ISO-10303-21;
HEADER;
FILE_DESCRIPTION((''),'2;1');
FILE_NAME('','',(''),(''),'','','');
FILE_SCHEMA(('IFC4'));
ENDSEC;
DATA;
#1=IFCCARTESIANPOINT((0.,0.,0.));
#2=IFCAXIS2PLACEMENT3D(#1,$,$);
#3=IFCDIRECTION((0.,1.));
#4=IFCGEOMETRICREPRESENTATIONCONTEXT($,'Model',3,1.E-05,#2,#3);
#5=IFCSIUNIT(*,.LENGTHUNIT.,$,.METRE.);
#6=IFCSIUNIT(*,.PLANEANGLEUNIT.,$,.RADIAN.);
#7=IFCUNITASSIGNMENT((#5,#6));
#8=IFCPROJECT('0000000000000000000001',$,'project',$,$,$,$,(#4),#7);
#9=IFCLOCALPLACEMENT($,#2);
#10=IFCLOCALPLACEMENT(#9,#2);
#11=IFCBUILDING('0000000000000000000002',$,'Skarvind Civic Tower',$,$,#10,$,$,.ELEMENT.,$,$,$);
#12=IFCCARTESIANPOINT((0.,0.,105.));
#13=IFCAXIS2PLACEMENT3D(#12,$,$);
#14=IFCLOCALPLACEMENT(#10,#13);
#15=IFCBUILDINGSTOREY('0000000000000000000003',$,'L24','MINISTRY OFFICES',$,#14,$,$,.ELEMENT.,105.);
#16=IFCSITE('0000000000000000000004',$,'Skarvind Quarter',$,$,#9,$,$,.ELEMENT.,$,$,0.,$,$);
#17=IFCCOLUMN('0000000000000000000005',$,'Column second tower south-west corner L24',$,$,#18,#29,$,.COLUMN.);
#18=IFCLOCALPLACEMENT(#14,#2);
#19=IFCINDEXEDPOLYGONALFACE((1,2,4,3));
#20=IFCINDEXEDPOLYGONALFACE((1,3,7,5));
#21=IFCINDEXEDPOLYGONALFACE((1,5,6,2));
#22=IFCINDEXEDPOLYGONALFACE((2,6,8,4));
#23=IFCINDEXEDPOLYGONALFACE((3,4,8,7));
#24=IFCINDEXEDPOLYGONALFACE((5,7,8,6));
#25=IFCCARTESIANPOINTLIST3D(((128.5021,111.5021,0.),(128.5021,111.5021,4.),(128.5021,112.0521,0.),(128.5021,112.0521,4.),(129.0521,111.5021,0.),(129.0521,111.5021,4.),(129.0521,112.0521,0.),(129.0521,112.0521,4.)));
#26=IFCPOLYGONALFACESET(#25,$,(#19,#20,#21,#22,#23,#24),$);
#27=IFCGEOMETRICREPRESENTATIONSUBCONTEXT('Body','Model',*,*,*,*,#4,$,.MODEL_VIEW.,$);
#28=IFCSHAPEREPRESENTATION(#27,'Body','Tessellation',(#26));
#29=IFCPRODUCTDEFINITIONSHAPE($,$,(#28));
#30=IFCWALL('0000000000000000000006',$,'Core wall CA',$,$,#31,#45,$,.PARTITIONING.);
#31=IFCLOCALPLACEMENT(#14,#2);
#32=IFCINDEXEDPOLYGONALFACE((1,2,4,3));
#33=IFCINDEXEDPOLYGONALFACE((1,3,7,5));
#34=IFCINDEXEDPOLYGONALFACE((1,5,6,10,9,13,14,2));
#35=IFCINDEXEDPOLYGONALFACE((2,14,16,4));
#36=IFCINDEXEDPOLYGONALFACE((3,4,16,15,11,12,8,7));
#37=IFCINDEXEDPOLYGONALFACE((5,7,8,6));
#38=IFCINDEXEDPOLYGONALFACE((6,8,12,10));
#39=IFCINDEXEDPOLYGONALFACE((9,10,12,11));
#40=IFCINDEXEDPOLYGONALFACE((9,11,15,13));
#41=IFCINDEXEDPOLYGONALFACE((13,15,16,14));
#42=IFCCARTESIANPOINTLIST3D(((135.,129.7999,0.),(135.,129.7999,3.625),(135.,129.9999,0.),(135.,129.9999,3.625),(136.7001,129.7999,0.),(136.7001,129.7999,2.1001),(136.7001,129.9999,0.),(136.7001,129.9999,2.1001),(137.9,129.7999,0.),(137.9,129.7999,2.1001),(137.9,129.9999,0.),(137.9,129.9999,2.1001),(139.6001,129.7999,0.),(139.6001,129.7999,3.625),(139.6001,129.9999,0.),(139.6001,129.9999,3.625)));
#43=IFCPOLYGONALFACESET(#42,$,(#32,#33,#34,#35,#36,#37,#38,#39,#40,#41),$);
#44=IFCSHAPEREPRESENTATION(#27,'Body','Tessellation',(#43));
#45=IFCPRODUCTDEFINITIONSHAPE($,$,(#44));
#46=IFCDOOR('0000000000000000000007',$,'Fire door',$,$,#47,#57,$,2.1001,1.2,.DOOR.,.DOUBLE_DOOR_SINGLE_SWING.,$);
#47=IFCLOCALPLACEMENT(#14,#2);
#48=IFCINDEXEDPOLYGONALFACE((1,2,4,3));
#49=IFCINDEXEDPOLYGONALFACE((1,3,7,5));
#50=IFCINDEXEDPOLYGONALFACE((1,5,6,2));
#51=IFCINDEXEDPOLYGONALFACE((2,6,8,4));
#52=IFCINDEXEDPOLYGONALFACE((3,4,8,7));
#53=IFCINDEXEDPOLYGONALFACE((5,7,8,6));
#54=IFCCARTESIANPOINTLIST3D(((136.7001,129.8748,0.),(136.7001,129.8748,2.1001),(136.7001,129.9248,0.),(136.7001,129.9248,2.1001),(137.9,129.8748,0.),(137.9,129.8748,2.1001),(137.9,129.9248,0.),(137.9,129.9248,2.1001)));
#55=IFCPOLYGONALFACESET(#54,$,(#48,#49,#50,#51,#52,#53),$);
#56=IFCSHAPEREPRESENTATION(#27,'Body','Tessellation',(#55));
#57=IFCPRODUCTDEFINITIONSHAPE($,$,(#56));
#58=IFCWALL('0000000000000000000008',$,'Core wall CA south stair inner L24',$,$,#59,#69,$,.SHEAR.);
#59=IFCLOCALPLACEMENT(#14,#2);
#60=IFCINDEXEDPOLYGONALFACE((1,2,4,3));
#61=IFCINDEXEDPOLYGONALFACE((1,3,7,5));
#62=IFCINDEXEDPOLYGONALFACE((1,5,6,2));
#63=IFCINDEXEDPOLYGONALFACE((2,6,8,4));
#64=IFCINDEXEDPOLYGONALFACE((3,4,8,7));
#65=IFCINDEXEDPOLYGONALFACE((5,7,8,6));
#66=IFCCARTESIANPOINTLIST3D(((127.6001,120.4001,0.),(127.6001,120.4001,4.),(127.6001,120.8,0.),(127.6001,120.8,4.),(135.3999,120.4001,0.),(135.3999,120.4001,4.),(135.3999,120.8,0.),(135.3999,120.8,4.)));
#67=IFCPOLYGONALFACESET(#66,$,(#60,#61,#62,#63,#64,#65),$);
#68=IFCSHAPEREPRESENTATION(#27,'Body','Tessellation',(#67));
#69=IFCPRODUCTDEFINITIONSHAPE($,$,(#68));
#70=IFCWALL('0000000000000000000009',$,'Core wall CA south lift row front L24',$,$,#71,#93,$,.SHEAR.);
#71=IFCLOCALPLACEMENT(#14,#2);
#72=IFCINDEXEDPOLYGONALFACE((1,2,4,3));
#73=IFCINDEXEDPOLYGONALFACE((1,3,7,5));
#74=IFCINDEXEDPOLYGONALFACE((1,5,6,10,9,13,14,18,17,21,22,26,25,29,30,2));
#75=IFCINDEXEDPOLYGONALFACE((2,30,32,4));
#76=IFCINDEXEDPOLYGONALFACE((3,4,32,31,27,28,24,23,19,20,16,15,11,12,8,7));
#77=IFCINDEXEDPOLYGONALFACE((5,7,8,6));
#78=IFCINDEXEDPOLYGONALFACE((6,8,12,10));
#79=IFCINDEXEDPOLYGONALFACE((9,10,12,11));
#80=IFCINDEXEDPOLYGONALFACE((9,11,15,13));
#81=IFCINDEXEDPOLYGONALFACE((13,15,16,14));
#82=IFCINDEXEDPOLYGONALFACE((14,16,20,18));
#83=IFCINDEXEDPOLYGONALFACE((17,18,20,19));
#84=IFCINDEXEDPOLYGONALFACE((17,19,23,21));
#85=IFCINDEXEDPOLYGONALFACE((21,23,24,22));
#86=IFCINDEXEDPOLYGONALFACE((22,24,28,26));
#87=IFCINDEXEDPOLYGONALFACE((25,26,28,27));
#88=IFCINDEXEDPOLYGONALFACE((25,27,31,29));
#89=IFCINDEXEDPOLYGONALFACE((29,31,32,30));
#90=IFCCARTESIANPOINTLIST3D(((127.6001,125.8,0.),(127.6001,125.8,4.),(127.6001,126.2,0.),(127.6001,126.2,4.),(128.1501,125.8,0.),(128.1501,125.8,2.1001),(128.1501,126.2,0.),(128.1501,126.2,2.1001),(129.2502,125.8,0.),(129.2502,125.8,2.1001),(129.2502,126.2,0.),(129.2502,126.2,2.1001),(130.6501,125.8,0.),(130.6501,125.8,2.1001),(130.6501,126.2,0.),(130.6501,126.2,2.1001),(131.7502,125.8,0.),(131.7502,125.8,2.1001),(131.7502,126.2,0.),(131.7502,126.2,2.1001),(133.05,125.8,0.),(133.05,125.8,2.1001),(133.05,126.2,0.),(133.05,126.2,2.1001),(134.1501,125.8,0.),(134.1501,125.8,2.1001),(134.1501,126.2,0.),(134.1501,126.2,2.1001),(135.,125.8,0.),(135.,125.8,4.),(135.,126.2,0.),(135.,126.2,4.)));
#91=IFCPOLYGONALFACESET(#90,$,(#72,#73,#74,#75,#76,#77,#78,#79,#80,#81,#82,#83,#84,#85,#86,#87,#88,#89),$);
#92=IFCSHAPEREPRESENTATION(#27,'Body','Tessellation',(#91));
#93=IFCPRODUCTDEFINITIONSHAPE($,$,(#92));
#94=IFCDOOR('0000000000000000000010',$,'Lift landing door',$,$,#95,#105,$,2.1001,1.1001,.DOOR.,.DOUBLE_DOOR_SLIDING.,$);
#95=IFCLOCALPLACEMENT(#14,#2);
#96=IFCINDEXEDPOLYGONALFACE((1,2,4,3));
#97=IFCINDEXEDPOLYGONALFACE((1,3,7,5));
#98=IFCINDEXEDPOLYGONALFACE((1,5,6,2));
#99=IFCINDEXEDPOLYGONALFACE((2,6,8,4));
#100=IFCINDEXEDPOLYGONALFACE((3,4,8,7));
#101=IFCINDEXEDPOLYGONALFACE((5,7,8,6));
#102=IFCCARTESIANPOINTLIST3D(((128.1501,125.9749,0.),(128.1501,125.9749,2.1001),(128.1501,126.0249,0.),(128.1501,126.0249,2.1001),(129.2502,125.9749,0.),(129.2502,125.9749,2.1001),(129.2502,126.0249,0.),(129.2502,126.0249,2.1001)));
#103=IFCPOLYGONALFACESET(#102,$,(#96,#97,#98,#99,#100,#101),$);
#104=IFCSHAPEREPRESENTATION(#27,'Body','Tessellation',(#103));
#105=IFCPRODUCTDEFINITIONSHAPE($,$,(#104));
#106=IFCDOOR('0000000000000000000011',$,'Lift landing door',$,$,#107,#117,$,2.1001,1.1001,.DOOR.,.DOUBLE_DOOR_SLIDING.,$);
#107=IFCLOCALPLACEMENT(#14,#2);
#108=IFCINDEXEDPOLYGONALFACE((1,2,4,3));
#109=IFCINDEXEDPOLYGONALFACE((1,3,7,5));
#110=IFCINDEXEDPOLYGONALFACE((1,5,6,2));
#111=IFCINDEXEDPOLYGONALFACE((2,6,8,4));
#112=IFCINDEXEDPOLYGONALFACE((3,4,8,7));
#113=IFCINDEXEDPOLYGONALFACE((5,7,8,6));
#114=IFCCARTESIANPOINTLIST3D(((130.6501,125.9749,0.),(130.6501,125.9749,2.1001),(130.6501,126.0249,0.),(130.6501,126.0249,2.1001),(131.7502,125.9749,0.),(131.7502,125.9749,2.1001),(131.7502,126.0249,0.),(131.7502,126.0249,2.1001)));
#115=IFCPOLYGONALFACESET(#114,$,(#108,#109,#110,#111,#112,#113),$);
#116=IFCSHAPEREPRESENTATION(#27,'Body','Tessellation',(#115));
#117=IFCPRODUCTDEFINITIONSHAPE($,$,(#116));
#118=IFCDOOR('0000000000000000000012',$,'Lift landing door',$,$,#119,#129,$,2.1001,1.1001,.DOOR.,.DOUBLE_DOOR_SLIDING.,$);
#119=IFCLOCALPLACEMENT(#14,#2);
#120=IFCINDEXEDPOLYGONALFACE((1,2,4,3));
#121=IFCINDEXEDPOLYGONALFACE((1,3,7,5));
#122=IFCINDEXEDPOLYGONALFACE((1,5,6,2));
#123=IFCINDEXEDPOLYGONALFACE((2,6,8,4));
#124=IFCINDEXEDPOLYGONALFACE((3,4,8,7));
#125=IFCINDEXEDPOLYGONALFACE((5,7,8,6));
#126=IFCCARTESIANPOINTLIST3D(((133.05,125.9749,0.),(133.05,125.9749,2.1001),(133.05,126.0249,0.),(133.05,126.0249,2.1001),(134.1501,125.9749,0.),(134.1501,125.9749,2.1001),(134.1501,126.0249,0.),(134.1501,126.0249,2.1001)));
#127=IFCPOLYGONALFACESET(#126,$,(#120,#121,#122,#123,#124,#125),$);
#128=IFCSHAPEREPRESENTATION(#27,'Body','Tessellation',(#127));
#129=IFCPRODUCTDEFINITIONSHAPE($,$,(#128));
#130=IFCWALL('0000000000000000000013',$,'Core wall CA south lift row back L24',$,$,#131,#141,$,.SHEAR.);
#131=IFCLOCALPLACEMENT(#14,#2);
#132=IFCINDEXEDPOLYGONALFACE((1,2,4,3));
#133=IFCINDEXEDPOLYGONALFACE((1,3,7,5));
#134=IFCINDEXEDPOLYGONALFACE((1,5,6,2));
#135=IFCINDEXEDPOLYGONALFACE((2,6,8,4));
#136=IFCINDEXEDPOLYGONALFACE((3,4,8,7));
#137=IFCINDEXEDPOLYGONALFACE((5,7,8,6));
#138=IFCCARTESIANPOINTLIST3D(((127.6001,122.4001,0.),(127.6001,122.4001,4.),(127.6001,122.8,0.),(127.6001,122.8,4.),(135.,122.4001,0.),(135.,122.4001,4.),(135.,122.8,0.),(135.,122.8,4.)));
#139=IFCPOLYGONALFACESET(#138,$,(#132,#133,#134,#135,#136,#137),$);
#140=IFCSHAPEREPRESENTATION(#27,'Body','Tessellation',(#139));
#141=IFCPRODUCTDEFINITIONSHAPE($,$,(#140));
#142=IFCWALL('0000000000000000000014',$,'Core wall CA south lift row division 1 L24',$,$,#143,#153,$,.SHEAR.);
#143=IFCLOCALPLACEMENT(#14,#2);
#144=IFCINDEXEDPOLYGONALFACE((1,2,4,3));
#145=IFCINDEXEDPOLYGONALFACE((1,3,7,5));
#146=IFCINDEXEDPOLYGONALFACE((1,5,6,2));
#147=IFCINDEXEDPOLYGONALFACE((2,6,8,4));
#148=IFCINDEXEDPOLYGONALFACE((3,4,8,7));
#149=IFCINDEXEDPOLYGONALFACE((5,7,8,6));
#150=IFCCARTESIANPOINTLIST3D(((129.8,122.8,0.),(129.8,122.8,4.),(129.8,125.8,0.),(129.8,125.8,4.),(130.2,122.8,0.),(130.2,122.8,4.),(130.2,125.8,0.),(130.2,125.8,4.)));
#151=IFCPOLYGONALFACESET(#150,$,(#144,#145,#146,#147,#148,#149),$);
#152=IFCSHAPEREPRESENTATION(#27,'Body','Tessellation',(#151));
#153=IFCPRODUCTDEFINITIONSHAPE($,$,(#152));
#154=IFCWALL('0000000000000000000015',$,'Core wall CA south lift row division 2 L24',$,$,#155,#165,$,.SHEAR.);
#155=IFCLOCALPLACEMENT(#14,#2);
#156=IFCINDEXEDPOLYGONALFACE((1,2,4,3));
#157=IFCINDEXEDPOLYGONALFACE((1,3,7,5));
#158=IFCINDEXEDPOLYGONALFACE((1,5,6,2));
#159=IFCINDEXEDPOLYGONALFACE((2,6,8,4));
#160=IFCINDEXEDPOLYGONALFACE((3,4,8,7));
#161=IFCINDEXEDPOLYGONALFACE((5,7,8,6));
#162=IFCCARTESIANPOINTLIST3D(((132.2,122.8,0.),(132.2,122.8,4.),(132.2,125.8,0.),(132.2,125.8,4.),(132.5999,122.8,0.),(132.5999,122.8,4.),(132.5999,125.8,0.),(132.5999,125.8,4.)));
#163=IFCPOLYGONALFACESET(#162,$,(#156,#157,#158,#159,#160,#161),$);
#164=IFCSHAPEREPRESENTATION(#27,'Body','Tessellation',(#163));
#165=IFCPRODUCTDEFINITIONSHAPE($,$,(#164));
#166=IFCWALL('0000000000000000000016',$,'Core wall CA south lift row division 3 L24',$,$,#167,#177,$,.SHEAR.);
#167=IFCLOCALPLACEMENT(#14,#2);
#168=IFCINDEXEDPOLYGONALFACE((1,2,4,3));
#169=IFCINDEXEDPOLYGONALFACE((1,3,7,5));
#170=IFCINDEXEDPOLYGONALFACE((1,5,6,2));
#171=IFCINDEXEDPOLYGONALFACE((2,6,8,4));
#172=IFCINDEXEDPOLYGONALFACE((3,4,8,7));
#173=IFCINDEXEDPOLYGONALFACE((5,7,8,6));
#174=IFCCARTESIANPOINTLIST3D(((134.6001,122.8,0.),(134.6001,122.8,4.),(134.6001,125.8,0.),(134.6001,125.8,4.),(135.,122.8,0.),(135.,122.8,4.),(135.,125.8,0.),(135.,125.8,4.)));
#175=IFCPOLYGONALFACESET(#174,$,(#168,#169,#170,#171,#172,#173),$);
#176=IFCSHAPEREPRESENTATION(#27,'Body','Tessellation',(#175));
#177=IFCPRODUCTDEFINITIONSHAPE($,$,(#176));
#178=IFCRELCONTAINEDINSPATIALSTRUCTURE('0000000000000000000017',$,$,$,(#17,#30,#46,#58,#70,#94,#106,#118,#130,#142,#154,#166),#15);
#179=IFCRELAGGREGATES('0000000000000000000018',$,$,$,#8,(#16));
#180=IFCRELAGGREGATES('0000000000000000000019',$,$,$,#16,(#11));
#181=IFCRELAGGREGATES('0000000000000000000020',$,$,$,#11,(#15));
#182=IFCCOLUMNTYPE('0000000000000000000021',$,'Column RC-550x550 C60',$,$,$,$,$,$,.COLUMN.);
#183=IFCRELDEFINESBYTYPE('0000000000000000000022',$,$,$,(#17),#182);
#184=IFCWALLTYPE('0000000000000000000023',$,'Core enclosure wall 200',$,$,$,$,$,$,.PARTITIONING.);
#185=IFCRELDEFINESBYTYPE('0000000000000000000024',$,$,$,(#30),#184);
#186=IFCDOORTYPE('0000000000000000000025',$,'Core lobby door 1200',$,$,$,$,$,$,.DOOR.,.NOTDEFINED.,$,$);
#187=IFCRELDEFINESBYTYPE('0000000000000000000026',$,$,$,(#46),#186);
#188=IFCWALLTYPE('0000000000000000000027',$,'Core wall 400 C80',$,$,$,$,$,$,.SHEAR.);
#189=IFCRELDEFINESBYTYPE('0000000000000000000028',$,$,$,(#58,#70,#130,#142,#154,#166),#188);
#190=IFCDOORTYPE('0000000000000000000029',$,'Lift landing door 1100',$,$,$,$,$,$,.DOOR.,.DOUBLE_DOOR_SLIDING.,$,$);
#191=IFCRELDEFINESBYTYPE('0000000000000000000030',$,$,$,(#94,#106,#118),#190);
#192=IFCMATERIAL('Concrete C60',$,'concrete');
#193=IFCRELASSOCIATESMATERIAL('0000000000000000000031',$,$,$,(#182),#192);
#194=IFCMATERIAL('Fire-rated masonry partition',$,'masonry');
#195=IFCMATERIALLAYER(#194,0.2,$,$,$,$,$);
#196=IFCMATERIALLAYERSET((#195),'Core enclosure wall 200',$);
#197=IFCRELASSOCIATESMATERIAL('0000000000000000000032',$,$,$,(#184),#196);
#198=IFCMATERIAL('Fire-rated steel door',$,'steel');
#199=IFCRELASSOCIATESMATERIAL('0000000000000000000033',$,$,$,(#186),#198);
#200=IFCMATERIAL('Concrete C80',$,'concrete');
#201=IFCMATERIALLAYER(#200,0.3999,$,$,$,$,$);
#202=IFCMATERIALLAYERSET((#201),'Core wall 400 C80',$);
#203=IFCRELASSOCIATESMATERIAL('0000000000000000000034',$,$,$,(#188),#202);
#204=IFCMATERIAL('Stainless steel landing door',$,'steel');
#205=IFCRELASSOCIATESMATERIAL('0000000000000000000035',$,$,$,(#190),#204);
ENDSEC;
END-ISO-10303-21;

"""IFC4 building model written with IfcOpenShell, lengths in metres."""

from ifc_helpers import new_model, si_unit, direction, frame, frame_2d, origin, origin_2d, place, context, subcontext, project, spatial, rectangle, extrude, material, layer, layer_set, material_profile, profile_set, type_object, element, fill, save


model = new_model("IFC4")

# Units and contexts
model_context = context("Model", 3, precision=1e-05, world=origin(), true_north=direction((0.0, 1.0)))
body_context = subcontext(model_context, "Body", "Model", "MODEL_VIEW")
ifc_project = project(units=[si_unit("LENGTHUNIT", "METRE"), si_unit("PLANEANGLEUNIT", "RADIAN")], contexts=[model_context])

# Site, building, storey
site_placement = place(None, origin())
site = spatial("IfcSite", under=ifc_project, at=site_placement, Name="Skarvind Quarter", CompositionType="ELEMENT", RefElevation=0.0)
building_placement = place(site_placement, origin())
building = spatial("IfcBuilding", under=site, at=building_placement, Name="Skarvind Civic Tower", CompositionType="ELEMENT")
storey_placement = place(building_placement, frame((0.0, 0.0, 105.0)))
storey = spatial("IfcBuildingStorey", under=building, at=storey_placement, Name="L24", Description="MINISTRY OFFICES", CompositionType="ELEMENT", Elevation=105.0)

# Column
ifc_material_1 = material(Name="Concrete C60", Category="concrete")
ifc_material_profile = material_profile(ifc_material_1, rectangle(XDim=0.55, YDim=0.55, at=origin_2d()), Name="RC-550x550")
ifc_profile_set = profile_set([ifc_material_profile], Name="Concrete C60")
column_type = type_object("IfcColumnType", Name="Column RC-550x550 C60", PredefinedType="COLUMN", material=ifc_profile_set)
column_placement = place(storey_placement, frame((128.7771, 111.7771, 0.0), z_axis=(0.0, 0.0, 1.0), x_axis=(1.0, 0.0, 0.0)))
element("IfcColumn", 1, at=column_placement, inside=storey, type_object=column_type, Name="Column second tower south-west corner L24", PredefinedType="COLUMN", context=body_context, shape_type="SweptSolid", body=[
    extrude(rectangle(XDim=0.55, YDim=0.55, at=origin_2d()), origin(), (0.0, 0.0, 1.0), 4.0),
])

# Wall, opening, door
ifc_material_2 = material(Name="Fire-rated masonry partition", Category="masonry")
ifc_layer_1 = layer(ifc_material_2, 0.2)
ifc_layer_set_1 = layer_set([ifc_layer_1], Name="Core enclosure wall 200")
wall_type_1 = type_object("IfcWallType", Name="Core enclosure wall 200", PredefinedType="PARTITIONING", material=ifc_layer_set_1)
wall_1_placement = place(storey_placement, frame((135.0, 129.8999, 0.0), z_axis=(0.0, 0.0, 1.0), x_axis=(1.0, 0.0, 0.0)))
wall_1 = element("IfcWall", 2, at=wall_1_placement, inside=storey, type_object=wall_type_1, Name="Core wall CA", PredefinedType="PARTITIONING", context=body_context, shape_type="SweptSolid", body=[
    extrude(rectangle(XDim=4.6001, YDim=0.2, at=frame_2d((2.3, 0.0))), origin(), (0.0, 0.0, 1.0), 3.625),
])
opening_1_placement = place(wall_1_placement, frame((1.7, 0.0, 0.0)))
opening_1 = element("IfcOpeningElement", 3, at=opening_1_placement, cuts=wall_1, PredefinedType="OPENING", context=body_context, shape_type="SweptSolid", body=[
    extrude(rectangle(XDim=1.2, YDim=2.1001, at=frame_2d((0.6001, 1.05))), frame((0.0, 0.1099, 0.0), z_axis=(0.0, -1.0, 0.0), x_axis=(1.0, 0.0, 0.0)), (0.0, 0.0, 1.0), 0.22),
])
ifc_material_3 = material(Name="Fire-rated steel door", Category="steel")
door_type_1 = type_object("IfcDoorType", Name="Core lobby door 1200", OperationType="NOTDEFINED", PredefinedType="DOOR", material=ifc_material_3)
door_1_placement = place(opening_1_placement, origin())
door_1 = element("IfcDoor", 4, at=door_1_placement, inside=storey, type_object=door_type_1, Name="Fire door", OperationType="DOUBLE_DOOR_SINGLE_SWING", OverallHeight=2.1001, OverallWidth=1.2, PredefinedType="DOOR", context=body_context, shape_type="SweptSolid", body=[
    extrude(rectangle(XDim=1.2, YDim=2.1001, at=frame_2d((0.6001, 1.05))), frame((0.0, 0.0249, 0.0), z_axis=(0.0, -1.0, 0.0), x_axis=(1.0, 0.0, 0.0)), (0.0, 0.0, 1.0), 0.05),
])
fill(opening_1, door_1)

# Wall
ifc_material_4 = material(Name="Concrete C80", Category="concrete")
ifc_layer_2 = layer(ifc_material_4, 0.3999)
ifc_layer_set_2 = layer_set([ifc_layer_2], Name="Core wall 400 C80")
wall_type_2 = type_object("IfcWallType", Name="Core wall 400 C80", PredefinedType="SHEAR", material=ifc_layer_set_2)
wall_2_placement = place(storey_placement, frame((127.6001, 120.6001, 0.0), z_axis=(0.0, 0.0, 1.0), x_axis=(1.0, 0.0, 0.0)))
element("IfcWall", 5, at=wall_2_placement, inside=storey, type_object=wall_type_2, Name="Core wall CA south stair inner L24", PredefinedType="SHEAR", context=body_context, shape_type="SweptSolid", body=[
    extrude(rectangle(XDim=7.7998, YDim=0.3999, at=frame_2d((3.8999, 0.0))), origin(), (0.0, 0.0, 1.0), 4.0),
])

# Wall, openings, doors
wall_3_placement = place(storey_placement, frame((127.6001, 126.0, 0.0), z_axis=(0.0, 0.0, 1.0), x_axis=(1.0, 0.0, 0.0)))
wall_3 = element("IfcWall", 6, at=wall_3_placement, inside=storey, type_object=wall_type_2, Name="Core wall CA south lift row front L24", PredefinedType="SHEAR", context=body_context, shape_type="SweptSolid", body=[
    extrude(rectangle(XDim=7.3999, YDim=0.3999, at=frame_2d((3.7, 0.0))), origin(), (0.0, 0.0, 1.0), 4.0),
])
opening_2_placement = place(wall_3_placement, frame((0.55, 0.0, 0.0)))
opening_2 = element("IfcOpeningElement", 7, at=opening_2_placement, cuts=wall_3, PredefinedType="OPENING", context=body_context, shape_type="SweptSolid", body=[
    extrude(rectangle(XDim=1.1001, YDim=2.1001, at=frame_2d((0.55, 1.05))), frame((0.0, 0.21, 0.0), z_axis=(0.0, -1.0, 0.0), x_axis=(1.0, 0.0, 0.0)), (0.0, 0.0, 1.0), 0.4199),
])
opening_3_placement = place(wall_3_placement, frame((3.05, 0.0, 0.0)))
opening_3 = element("IfcOpeningElement", 8, at=opening_3_placement, cuts=wall_3, PredefinedType="OPENING", context=body_context, shape_type="SweptSolid", body=[
    extrude(rectangle(XDim=1.1001, YDim=2.1001, at=frame_2d((0.55, 1.05))), frame((0.0, 0.21, 0.0), z_axis=(0.0, -1.0, 0.0), x_axis=(1.0, 0.0, 0.0)), (0.0, 0.0, 1.0), 0.4199),
])
opening_4_placement = place(wall_3_placement, frame((5.45, 0.0, 0.0)))
opening_4 = element("IfcOpeningElement", 9, at=opening_4_placement, cuts=wall_3, PredefinedType="OPENING", context=body_context, shape_type="SweptSolid", body=[
    extrude(rectangle(XDim=1.1001, YDim=2.1001, at=frame_2d((0.55, 1.05))), frame((0.0, 0.21, 0.0), z_axis=(0.0, -1.0, 0.0), x_axis=(1.0, 0.0, 0.0)), (0.0, 0.0, 1.0), 0.4199),
])
ifc_material_5 = material(Name="Stainless steel landing door", Category="steel")
door_type_2 = type_object("IfcDoorType", Name="Lift landing door 1100", OperationType="DOUBLE_DOOR_SLIDING", PredefinedType="DOOR", material=ifc_material_5)
door_2_placement = place(opening_2_placement, origin())
door_2 = element("IfcDoor", 10, at=door_2_placement, inside=storey, type_object=door_type_2, Name="Lift landing door", OperationType="DOUBLE_DOOR_SLIDING", OverallHeight=2.1001, OverallWidth=1.1001, PredefinedType="DOOR", context=body_context, shape_type="SweptSolid", body=[
    extrude(rectangle(XDim=1.1001, YDim=2.1001, at=frame_2d((0.55, 1.05))), frame((0.0, 0.0249, 0.0), z_axis=(0.0, -1.0, 0.0), x_axis=(1.0, 0.0, 0.0)), (0.0, 0.0, 1.0), 0.05),
])
fill(opening_2, door_2)
door_3_placement = place(opening_3_placement, origin())
door_3 = element("IfcDoor", 11, at=door_3_placement, inside=storey, type_object=door_type_2, Name="Lift landing door", OperationType="DOUBLE_DOOR_SLIDING", OverallHeight=2.1001, OverallWidth=1.1001, PredefinedType="DOOR", context=body_context, shape_type="SweptSolid", body=[
    extrude(rectangle(XDim=1.1001, YDim=2.1001, at=frame_2d((0.55, 1.05))), frame((0.0, 0.0249, 0.0), z_axis=(0.0, -1.0, 0.0), x_axis=(1.0, 0.0, 0.0)), (0.0, 0.0, 1.0), 0.05),
])
fill(opening_3, door_3)
door_4_placement = place(opening_4_placement, origin())
door_4 = element("IfcDoor", 12, at=door_4_placement, inside=storey, type_object=door_type_2, Name="Lift landing door", OperationType="DOUBLE_DOOR_SLIDING", OverallHeight=2.1001, OverallWidth=1.1001, PredefinedType="DOOR", context=body_context, shape_type="SweptSolid", body=[
    extrude(rectangle(XDim=1.1001, YDim=2.1001, at=frame_2d((0.55, 1.05))), frame((0.0, 0.0249, 0.0), z_axis=(0.0, -1.0, 0.0), x_axis=(1.0, 0.0, 0.0)), (0.0, 0.0, 1.0), 0.05),
])
fill(opening_4, door_4)

# Walls
wall_4_placement = place(storey_placement, frame((127.6001, 122.6001, 0.0), z_axis=(0.0, 0.0, 1.0), x_axis=(1.0, 0.0, 0.0)))
element("IfcWall", 13, at=wall_4_placement, inside=storey, type_object=wall_type_2, Name="Core wall CA south lift row back L24", PredefinedType="SHEAR", context=body_context, shape_type="SweptSolid", body=[
    extrude(rectangle(XDim=7.3999, YDim=0.3999, at=frame_2d((3.7, 0.0))), origin(), (0.0, 0.0, 1.0), 4.0),
])
for number, where, z_axis, x_axis, name in (
    (14, (130.0, 122.8, 0.0), (0.0, 0.0, 1.0), (0.0, 1.0, 0.0), "Core wall CA south lift row division 1 L24"),
    (15, (132.3999, 122.8, 0.0), (0.0, 0.0, 1.0), (0.0, 1.0, 0.0), "Core wall CA south lift row division 2 L24"),
    (16, (134.8, 122.8, 0.0), (0.0, 0.0, 1.0), (0.0, 1.0, 0.0), "Core wall CA south lift row division 3 L24"),
):
    element("IfcWall", number, at=place(storey_placement, frame(where, z_axis=z_axis, x_axis=x_axis)), inside=storey, type_object=wall_type_2, Name=name, PredefinedType="SHEAR", context=body_context, shape_type="SweptSolid", body=[
        extrude(rectangle(XDim=3.0, YDim=0.3999, at=frame_2d((1.5, 0.0))), origin(), (0.0, 0.0, 1.0), 4.0),
    ])

save(model, "model.ifc")
